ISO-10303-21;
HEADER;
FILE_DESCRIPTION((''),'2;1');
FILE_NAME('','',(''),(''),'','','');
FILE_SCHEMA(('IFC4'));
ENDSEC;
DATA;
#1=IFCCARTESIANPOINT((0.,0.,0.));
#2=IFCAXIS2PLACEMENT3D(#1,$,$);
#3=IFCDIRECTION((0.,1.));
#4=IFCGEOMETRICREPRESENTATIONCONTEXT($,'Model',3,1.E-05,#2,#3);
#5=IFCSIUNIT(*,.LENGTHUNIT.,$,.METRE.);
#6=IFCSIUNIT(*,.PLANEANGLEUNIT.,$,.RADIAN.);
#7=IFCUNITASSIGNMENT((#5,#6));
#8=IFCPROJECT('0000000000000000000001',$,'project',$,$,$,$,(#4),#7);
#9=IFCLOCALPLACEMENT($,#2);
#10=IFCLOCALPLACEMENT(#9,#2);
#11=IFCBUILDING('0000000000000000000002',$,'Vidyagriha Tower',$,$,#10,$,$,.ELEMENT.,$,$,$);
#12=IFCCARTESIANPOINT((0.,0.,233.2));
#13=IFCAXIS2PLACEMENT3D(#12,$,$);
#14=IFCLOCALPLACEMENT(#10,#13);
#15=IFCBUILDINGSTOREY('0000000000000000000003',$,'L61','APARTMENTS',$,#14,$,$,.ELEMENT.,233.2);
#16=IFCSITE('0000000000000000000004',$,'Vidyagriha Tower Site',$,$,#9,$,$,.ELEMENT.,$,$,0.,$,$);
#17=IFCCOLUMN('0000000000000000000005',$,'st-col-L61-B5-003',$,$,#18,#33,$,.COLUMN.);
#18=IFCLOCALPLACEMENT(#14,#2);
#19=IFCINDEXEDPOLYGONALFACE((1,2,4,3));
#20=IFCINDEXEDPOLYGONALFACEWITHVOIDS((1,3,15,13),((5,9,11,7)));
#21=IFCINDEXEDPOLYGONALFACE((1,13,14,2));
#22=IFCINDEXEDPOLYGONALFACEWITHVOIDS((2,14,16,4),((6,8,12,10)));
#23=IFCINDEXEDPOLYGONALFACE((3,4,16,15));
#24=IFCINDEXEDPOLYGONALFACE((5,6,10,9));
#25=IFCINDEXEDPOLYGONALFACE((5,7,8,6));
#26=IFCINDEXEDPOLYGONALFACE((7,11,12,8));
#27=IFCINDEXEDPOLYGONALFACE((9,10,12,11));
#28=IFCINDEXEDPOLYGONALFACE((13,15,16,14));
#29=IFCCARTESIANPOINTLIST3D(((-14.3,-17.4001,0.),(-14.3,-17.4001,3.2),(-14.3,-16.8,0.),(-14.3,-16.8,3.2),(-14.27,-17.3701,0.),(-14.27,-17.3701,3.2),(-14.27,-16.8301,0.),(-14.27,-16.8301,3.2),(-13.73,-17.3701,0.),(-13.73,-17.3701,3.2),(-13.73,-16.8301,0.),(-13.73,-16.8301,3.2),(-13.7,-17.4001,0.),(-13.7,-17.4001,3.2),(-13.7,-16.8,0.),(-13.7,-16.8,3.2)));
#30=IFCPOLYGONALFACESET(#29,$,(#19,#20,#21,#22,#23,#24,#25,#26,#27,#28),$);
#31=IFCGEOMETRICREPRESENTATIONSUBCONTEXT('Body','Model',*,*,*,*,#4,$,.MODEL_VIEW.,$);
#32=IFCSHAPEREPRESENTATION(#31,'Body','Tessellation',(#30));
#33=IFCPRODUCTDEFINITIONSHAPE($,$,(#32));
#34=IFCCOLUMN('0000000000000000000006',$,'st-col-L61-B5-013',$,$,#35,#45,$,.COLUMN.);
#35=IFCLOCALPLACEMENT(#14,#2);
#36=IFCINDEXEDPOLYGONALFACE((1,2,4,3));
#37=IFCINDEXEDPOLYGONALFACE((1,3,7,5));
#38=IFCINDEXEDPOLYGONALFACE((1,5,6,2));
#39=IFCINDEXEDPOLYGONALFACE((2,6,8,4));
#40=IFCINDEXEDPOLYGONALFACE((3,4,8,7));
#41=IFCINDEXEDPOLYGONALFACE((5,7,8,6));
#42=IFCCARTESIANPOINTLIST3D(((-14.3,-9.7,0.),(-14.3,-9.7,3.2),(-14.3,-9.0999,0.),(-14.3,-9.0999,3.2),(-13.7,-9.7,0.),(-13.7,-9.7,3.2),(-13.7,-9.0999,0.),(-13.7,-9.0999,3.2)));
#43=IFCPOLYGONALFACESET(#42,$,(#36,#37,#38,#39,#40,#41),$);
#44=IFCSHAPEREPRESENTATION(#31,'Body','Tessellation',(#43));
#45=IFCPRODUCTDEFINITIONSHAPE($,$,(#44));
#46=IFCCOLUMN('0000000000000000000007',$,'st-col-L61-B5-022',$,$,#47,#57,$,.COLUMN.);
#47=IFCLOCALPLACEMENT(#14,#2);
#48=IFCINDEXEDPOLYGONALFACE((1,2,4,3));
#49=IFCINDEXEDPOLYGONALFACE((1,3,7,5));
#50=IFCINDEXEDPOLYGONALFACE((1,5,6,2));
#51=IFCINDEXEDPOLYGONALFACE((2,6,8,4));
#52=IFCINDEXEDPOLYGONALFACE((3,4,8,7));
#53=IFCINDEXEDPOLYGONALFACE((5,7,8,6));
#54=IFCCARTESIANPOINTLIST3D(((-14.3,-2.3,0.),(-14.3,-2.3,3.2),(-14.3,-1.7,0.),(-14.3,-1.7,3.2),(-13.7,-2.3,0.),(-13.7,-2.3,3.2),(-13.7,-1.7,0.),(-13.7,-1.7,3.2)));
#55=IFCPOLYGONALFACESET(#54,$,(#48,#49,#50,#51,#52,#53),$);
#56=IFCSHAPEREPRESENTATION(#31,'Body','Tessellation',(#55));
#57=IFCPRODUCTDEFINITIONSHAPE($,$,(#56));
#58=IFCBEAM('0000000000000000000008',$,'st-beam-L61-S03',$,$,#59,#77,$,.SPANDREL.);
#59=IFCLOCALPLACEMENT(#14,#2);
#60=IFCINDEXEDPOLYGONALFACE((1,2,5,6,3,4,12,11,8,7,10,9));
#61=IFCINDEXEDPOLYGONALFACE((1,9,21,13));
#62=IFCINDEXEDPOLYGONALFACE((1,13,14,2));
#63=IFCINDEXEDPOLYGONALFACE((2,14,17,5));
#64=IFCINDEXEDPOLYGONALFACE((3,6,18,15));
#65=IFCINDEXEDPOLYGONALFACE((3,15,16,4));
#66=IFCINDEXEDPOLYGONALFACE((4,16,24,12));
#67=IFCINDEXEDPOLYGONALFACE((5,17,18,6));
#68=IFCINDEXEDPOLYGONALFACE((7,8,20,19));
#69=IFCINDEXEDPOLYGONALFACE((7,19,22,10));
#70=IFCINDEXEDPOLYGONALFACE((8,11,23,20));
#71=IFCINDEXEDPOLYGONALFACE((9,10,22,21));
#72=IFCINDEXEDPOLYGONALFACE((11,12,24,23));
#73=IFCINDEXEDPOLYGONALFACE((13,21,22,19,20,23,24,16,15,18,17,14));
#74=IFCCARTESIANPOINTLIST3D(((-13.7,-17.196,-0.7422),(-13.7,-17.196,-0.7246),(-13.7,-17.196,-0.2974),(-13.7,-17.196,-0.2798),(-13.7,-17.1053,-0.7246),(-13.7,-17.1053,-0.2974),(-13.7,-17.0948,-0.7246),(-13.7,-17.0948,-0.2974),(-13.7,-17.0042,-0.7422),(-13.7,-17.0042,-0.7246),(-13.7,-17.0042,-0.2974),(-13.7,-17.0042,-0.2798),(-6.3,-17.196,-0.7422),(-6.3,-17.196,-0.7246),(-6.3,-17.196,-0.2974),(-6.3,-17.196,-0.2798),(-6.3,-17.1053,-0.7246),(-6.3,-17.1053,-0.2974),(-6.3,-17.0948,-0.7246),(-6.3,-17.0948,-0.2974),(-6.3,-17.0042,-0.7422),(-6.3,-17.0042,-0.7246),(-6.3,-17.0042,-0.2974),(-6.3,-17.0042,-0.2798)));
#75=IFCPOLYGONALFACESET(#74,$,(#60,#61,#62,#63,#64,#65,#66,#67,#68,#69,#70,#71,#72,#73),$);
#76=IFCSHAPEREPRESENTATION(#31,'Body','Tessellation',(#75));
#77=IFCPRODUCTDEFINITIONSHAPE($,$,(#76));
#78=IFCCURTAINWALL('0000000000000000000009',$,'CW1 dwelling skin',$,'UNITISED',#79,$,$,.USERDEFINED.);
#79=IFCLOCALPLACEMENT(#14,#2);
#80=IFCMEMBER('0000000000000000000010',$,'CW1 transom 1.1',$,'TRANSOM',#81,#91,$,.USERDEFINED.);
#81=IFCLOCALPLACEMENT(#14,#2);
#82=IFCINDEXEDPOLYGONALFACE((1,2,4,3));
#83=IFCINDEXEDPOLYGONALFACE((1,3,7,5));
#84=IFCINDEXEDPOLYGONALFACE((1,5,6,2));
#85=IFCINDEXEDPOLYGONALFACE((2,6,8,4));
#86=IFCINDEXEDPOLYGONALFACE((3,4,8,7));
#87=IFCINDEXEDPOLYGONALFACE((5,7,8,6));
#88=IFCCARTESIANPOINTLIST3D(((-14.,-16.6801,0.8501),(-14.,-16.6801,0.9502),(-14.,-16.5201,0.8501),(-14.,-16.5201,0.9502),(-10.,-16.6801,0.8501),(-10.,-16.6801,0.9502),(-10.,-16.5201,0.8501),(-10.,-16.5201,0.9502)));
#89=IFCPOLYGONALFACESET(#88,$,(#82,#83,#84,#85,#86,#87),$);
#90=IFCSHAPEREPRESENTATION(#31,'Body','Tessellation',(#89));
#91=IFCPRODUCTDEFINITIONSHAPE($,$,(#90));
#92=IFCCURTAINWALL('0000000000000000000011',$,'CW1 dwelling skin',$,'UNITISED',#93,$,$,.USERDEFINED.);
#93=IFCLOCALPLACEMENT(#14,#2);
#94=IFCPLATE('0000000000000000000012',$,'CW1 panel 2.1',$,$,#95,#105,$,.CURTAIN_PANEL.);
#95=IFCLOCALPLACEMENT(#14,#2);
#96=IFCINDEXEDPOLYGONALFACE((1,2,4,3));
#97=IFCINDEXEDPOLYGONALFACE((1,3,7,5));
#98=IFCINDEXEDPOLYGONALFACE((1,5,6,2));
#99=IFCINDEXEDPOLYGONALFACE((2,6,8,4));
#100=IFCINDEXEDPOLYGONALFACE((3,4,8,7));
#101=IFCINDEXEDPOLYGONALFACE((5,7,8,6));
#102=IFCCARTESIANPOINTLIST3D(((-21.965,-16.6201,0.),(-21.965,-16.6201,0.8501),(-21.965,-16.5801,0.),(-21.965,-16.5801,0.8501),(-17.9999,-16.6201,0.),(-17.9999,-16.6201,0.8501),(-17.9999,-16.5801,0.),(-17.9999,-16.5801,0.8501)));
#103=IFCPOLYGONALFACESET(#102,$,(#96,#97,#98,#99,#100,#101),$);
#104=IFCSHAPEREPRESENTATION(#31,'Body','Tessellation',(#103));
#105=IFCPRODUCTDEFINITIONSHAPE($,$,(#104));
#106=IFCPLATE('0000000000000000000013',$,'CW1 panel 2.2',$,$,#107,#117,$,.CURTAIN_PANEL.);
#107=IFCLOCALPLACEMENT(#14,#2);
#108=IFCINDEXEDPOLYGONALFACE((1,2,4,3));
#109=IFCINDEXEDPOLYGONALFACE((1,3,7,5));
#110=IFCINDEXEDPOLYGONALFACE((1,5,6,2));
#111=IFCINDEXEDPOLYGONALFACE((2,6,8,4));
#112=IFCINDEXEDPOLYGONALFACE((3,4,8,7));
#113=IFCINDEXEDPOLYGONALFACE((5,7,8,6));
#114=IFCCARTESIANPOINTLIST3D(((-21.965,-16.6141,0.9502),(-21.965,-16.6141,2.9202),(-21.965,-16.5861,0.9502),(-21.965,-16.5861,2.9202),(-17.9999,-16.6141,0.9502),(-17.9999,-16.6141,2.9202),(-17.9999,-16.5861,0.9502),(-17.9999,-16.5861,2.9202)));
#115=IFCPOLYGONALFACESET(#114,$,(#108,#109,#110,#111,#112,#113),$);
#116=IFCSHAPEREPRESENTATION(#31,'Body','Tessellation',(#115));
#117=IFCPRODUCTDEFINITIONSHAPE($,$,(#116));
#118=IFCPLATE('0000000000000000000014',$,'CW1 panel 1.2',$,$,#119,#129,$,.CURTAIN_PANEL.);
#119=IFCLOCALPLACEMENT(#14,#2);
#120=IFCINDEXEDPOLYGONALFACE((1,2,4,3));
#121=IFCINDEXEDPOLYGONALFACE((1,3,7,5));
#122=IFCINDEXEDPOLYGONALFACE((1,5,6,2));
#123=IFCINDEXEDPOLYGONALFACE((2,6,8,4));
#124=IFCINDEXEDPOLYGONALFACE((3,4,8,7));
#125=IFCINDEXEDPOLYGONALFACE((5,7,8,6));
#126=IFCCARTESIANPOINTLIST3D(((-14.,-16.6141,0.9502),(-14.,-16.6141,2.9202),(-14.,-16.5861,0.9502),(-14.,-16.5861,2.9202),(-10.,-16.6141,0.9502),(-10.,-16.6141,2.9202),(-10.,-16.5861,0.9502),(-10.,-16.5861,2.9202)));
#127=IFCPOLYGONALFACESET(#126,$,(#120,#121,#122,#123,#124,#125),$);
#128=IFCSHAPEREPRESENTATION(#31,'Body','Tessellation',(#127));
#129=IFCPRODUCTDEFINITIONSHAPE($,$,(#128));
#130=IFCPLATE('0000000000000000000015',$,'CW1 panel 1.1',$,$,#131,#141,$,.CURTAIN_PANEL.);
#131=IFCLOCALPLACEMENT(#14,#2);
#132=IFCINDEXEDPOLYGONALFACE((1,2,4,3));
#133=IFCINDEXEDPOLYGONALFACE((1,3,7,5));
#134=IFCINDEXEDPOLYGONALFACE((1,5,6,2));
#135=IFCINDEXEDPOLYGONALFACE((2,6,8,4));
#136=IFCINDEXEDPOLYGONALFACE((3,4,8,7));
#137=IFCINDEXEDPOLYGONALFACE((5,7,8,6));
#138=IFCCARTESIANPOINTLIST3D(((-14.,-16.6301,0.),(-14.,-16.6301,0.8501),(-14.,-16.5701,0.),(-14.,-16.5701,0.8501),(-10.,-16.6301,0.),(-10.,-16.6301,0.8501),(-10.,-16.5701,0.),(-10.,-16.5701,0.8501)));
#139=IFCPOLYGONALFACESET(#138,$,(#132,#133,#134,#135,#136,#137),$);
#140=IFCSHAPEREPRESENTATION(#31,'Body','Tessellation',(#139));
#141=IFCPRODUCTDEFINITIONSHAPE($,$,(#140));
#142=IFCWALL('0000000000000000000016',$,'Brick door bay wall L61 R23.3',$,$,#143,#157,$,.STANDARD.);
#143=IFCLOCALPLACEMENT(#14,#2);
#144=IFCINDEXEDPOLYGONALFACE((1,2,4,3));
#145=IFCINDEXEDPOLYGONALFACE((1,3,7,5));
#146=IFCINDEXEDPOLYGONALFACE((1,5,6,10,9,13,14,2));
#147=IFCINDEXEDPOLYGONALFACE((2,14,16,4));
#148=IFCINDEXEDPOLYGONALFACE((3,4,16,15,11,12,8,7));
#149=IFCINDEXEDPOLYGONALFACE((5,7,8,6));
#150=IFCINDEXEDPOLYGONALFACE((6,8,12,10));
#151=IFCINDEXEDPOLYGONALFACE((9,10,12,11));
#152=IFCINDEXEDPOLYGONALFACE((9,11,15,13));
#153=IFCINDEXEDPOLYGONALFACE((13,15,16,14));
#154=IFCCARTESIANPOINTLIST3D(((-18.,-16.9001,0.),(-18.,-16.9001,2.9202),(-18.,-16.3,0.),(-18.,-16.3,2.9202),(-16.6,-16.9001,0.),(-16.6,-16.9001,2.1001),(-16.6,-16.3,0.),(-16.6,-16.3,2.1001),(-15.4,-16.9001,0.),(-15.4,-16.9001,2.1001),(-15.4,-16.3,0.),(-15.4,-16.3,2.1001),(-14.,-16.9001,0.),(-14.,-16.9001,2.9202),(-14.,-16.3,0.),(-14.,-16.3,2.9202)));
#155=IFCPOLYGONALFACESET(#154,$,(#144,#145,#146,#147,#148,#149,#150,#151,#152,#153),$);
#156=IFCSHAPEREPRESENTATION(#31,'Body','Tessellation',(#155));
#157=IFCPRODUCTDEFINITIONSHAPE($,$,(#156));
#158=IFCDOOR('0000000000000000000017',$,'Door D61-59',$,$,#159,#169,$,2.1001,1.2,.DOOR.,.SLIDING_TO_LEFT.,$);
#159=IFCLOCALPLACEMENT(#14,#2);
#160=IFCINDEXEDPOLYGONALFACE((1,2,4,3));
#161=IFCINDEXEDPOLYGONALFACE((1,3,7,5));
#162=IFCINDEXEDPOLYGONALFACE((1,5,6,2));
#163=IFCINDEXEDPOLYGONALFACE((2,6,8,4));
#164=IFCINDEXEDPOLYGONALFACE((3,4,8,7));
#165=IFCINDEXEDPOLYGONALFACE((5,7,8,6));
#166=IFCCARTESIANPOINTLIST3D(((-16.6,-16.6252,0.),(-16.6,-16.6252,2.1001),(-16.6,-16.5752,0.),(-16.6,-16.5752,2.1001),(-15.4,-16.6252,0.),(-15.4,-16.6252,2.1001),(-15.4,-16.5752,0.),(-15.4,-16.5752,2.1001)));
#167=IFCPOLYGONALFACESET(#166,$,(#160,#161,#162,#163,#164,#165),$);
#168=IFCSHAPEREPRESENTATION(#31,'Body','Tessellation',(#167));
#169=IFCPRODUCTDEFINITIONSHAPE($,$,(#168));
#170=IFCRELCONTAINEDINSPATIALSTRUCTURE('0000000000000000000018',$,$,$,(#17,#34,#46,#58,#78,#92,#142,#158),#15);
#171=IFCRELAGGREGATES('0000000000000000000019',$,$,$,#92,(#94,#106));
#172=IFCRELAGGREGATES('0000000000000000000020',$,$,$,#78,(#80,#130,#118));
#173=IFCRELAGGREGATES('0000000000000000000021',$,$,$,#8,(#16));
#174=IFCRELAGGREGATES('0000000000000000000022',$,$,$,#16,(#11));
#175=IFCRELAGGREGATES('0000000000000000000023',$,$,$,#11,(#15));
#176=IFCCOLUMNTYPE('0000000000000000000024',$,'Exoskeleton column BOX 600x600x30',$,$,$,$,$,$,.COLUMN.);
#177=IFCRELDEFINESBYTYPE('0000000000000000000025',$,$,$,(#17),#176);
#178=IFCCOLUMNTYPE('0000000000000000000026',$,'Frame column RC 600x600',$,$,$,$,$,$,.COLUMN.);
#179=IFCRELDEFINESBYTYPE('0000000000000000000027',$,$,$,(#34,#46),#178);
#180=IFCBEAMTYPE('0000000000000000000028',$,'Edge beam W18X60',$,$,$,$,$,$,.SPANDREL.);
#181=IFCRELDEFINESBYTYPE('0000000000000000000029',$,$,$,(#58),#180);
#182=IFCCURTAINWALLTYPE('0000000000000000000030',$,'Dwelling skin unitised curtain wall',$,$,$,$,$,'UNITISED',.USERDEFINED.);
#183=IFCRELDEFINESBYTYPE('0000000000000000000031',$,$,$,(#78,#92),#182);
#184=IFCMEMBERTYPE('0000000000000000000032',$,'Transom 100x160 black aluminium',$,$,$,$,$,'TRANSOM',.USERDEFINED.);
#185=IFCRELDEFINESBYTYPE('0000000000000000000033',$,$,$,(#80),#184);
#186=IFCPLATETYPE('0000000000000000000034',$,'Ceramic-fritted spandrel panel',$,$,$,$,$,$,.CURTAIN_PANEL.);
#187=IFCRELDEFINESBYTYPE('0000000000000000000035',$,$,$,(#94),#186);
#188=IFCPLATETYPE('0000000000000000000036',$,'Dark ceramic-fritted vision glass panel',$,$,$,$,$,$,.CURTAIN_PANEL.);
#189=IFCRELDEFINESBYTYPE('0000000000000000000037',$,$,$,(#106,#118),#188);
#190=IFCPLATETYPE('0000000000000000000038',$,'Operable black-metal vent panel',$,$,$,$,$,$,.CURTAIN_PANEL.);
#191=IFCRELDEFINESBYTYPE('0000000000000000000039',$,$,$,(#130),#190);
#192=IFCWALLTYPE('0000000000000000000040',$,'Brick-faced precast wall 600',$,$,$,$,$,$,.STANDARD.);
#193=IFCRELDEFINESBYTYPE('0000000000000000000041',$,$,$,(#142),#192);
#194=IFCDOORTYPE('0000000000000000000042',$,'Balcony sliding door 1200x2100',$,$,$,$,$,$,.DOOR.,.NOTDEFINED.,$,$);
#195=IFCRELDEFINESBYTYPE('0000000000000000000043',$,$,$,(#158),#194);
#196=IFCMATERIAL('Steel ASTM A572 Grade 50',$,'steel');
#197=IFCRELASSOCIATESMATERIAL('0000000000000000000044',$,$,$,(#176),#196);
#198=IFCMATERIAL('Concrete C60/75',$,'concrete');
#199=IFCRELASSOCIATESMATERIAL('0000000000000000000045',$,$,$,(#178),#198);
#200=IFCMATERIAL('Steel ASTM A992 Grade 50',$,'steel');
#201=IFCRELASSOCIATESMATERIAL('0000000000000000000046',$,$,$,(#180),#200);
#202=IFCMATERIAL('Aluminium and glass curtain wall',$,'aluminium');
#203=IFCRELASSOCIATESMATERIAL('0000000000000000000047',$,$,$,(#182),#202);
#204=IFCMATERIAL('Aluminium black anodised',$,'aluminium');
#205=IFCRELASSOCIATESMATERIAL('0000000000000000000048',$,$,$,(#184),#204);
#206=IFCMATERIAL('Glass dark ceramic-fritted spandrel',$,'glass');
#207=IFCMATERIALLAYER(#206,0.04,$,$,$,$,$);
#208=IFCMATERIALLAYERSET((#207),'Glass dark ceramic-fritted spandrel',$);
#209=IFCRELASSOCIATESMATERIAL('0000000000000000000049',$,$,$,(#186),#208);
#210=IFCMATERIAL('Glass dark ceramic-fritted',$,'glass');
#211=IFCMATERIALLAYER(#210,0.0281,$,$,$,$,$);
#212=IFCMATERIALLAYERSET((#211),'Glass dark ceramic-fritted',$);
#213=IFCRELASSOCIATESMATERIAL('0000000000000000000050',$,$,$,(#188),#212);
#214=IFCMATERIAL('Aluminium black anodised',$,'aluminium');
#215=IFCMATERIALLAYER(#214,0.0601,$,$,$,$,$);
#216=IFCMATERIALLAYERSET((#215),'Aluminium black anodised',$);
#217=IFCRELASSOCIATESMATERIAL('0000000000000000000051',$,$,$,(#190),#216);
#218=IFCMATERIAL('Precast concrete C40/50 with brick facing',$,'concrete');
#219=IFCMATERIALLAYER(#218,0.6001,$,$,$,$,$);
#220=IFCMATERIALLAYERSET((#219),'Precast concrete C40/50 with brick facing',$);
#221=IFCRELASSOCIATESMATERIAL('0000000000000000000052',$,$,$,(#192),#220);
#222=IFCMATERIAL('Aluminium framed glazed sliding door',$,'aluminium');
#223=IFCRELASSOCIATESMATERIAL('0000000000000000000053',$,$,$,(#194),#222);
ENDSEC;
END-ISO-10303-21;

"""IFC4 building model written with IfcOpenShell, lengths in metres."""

from ifc_helpers import new_model, si_unit, direction, frame, frame_2d, origin, origin_2d, place, context, subcontext, project, spatial, rectangle, hollow_rectangle, i_section, extrude, material, layer, layer_set, material_profile, profile_set, type_object, element, fill, aggregate, save


model = new_model("IFC4")

# Units and contexts
model_context = context("Model", 3, precision=1e-05, world=origin(), true_north=direction((0.0, 1.0)))
body_context = subcontext(model_context, "Body", "Model", "MODEL_VIEW")
ifc_project = project(units=[si_unit("LENGTHUNIT", "METRE"), si_unit("PLANEANGLEUNIT", "RADIAN")], contexts=[model_context])

# Site, building, storey
site_placement = place(None, origin())
site = spatial("IfcSite", under=ifc_project, at=site_placement, Name="Vidyagriha Tower Site", CompositionType="ELEMENT", RefElevation=0.0)
building_placement = place(site_placement, origin())
building = spatial("IfcBuilding", under=site, at=building_placement, Name="Vidyagriha Tower", CompositionType="ELEMENT")
storey_placement = place(building_placement, frame((0.0, 0.0, 233.2)))
storey = spatial("IfcBuildingStorey", under=building, at=storey_placement, Name="L61", Description="APARTMENTS", CompositionType="ELEMENT", Elevation=233.2)

# Columns
ifc_material_1 = material(Name="Steel ASTM A572 Grade 50", Category="steel")
ifc_material_profile_1 = material_profile(ifc_material_1, hollow_rectangle(XDim=0.6001, YDim=0.6001, WallThickness=0.03, at=origin_2d()), Name="BOX 600x600x30")
ifc_profile_set_1 = profile_set([ifc_material_profile_1], Name="Steel ASTM A572 Grade 50")
column_type_1 = type_object("IfcColumnType", Name="Exoskeleton column BOX 600x600x30", PredefinedType="COLUMN", material=ifc_profile_set_1)
column_placement = place(storey_placement, frame((-14.0, -17.1001, 0.0)))
element("IfcColumn", 1, at=column_placement, inside=storey, type_object=column_type_1, Name="st-col-L61-B5-003", PredefinedType="COLUMN", context=body_context, shape_type="SweptSolid", body=[
    extrude(hollow_rectangle(XDim=0.6001, YDim=0.6001, WallThickness=0.03, at=origin_2d()), origin(), (0.0, 0.0, 1.0), 3.2),
])
ifc_material_2 = material(Name="Concrete C60/75", Category="concrete")
ifc_material_profile_2 = material_profile(ifc_material_2, rectangle(XDim=0.6001, YDim=0.6001, at=origin_2d()), Name="RC 600x600")
ifc_profile_set_2 = profile_set([ifc_material_profile_2], Name="Concrete C60/75")
column_type_2 = type_object("IfcColumnType", Name="Frame column RC 600x600", PredefinedType="COLUMN", material=ifc_profile_set_2)
for number, where, name in (
    (2, (-14.0, -9.3999, 0.0), "st-col-L61-B5-013"),
    (3, (-14.0, -2.0, 0.0), "st-col-L61-B5-022"),
):
    element("IfcColumn", number, at=place(storey_placement, frame(where)), inside=storey, type_object=column_type_2, Name=name, PredefinedType="COLUMN", context=body_context, shape_type="SweptSolid", body=[
        extrude(rectangle(XDim=0.6001, YDim=0.6001, at=origin_2d()), origin(), (0.0, 0.0, 1.0), 3.2),
    ])

# Beam
ifc_material_3 = material(Name="Steel ASTM A992 Grade 50", Category="steel")
ifc_material_profile_3 = material_profile(ifc_material_3, i_section(OverallWidth=0.1919, OverallDepth=0.4624, WebThickness=0.0105, FlangeThickness=0.0176, at=origin_2d()), Name="W18X60")
ifc_profile_set_3 = profile_set([ifc_material_profile_3], Name="Steel ASTM A992 Grade 50")
beam_type = type_object("IfcBeamType", Name="Edge beam W18X60", PredefinedType="SPANDREL", material=ifc_profile_set_3)
beam_placement = place(storey_placement, frame((-13.7, -17.1001, -0.511), z_axis=(1.0, 0.0, 0.0), x_axis=(0.0, 1.0, 0.0)))
element("IfcBeam", 4, at=beam_placement, inside=storey, type_object=beam_type, Name="st-beam-L61-S03", PredefinedType="SPANDREL", context=body_context, shape_type="SweptSolid", body=[
    extrude(i_section(OverallWidth=0.1919, OverallDepth=0.4624, WebThickness=0.0105, FlangeThickness=0.0176, at=origin_2d()), origin(), (0.0, 0.0, 1.0), 7.3999),
])

# Curtain wall, member
ifc_material_4 = material(Name="Aluminium and glass curtain wall", Category="aluminium")
curtain_wall_type = type_object("IfcCurtainWallType", Name="Dwelling skin unitised curtain wall", ElementType="UNITISED", PredefinedType="USERDEFINED", material=ifc_material_4)
curtain_wall_1_placement = place(storey_placement, origin())
curtain_wall_1 = element("IfcCurtainWall", 5, at=curtain_wall_1_placement, inside=storey, type_object=curtain_wall_type, Name="CW1 dwelling skin", ObjectType="UNITISED", PredefinedType="USERDEFINED")
ifc_material_5 = material(Name="Aluminium black anodised", Category="aluminium")
ifc_material_profile_4 = material_profile(ifc_material_5, rectangle(XDim=0.1599, YDim=0.1001, at=origin_2d()), Name="Transom 100x160 black aluminium")
ifc_profile_set_4 = profile_set([ifc_material_profile_4], Name="Aluminium black anodised")
member_type = type_object("IfcMemberType", Name="Transom 100x160 black aluminium", ElementType="TRANSOM", PredefinedType="USERDEFINED", material=ifc_profile_set_4)
member_placement = place(storey_placement, frame((-14.0, -16.6001, 0.9001), z_axis=(1.0, 0.0, 0.0), x_axis=(0.0, 1.0, 0.0)))
member = element("IfcMember", 6, at=member_placement, type_object=member_type, Name="CW1 transom 1.1", ObjectType="TRANSOM", PredefinedType="USERDEFINED", context=body_context, shape_type="SweptSolid", body=[
    extrude(rectangle(XDim=0.1599, YDim=0.1001, at=origin_2d()), origin(), (0.0, 0.0, 1.0), 4.0),
])

# Curtain wall, plates
curtain_wall_2_placement = place(storey_placement, origin())
curtain_wall_2 = element("IfcCurtainWall", 7, at=curtain_wall_2_placement, inside=storey, type_object=curtain_wall_type, Name="CW1 dwelling skin", ObjectType="UNITISED", PredefinedType="USERDEFINED")
ifc_material_6 = material(Name="Glass dark ceramic-fritted spandrel", Category="glass")
ifc_layer_1 = layer(ifc_material_6, 0.04)
ifc_layer_set_1 = layer_set([ifc_layer_1], Name="Glass dark ceramic-fritted spandrel")
plate_type_1 = type_object("IfcPlateType", Name="Ceramic-fritted spandrel panel", PredefinedType="CURTAIN_PANEL", material=ifc_layer_set_1)
plate_1_placement = place(storey_placement, frame((-19.9824, -16.6001, 0.0)))
plate_1 = element("IfcPlate", 8, at=plate_1_placement, type_object=plate_type_1, Name="CW1 panel 2.1", PredefinedType="CURTAIN_PANEL", context=body_context, shape_type="SweptSolid", body=[
    extrude(rectangle(XDim=3.9651, YDim=0.04, at=origin_2d()), origin(), (0.0, 0.0, 1.0), 0.8501),
])
ifc_material_7 = material(Name="Glass dark ceramic-fritted", Category="glass")
ifc_layer_2 = layer(ifc_material_7, 0.0281)
ifc_layer_set_2 = layer_set([ifc_layer_2], Name="Glass dark ceramic-fritted")
plate_type_2 = type_object("IfcPlateType", Name="Dark ceramic-fritted vision glass panel", PredefinedType="CURTAIN_PANEL", material=ifc_layer_set_2)
plate_2_placement = place(storey_placement, frame((-19.9824, -16.6001, 0.9502)))
plate_2 = element("IfcPlate", 9, at=plate_2_placement, type_object=plate_type_2, Name="CW1 panel 2.2", PredefinedType="CURTAIN_PANEL", context=body_context, shape_type="SweptSolid", body=[
    extrude(rectangle(XDim=3.9651, YDim=0.0281, at=origin_2d()), origin(), (0.0, 0.0, 1.0), 1.97),
])
aggregate(curtain_wall_2, [plate_1, plate_2])

# Plates
plate_3_placement = place(storey_placement, frame((-12.0, -16.6001, 0.9502)))
plate_3 = element("IfcPlate", 10, at=plate_3_placement, type_object=plate_type_2, Name="CW1 panel 1.2", PredefinedType="CURTAIN_PANEL", context=body_context, shape_type="SweptSolid", body=[
    extrude(rectangle(XDim=4.0, YDim=0.0281, at=origin_2d()), origin(), (0.0, 0.0, 1.0), 1.97),
])
ifc_material_8 = material(Name="Aluminium black anodised", Category="aluminium")
ifc_layer_3 = layer(ifc_material_8, 0.0601)
ifc_layer_set_3 = layer_set([ifc_layer_3], Name="Aluminium black anodised")
plate_type_3 = type_object("IfcPlateType", Name="Operable black-metal vent panel", PredefinedType="CURTAIN_PANEL", material=ifc_layer_set_3)
plate_4_placement = place(storey_placement, frame((-12.0, -16.6001, 0.0)))
plate_4 = element("IfcPlate", 11, at=plate_4_placement, type_object=plate_type_3, Name="CW1 panel 1.1", PredefinedType="CURTAIN_PANEL", context=body_context, shape_type="SweptSolid", body=[
    extrude(rectangle(XDim=4.0, YDim=0.0601, at=origin_2d()), origin(), (0.0, 0.0, 1.0), 0.8501),
])
aggregate(curtain_wall_1, [member, plate_4, plate_3])

# Wall, opening, door
ifc_material_9 = material(Name="Precast concrete C40/50 with brick facing", Category="concrete")
ifc_layer_4 = layer(ifc_material_9, 0.6001)
ifc_layer_set_4 = layer_set([ifc_layer_4], Name="Precast concrete C40/50 with brick facing")
wall_type_1 = type_object("IfcWallType", Name="Brick-faced precast wall 600", PredefinedType="STANDARD", material=ifc_layer_set_4)
wall_1_placement = place(storey_placement, frame((-18.0, -16.6001, 0.0)))
wall_1 = element("IfcWall", 12, at=wall_1_placement, inside=storey, type_object=wall_type_1, Name="Brick door bay wall L61 R23.3", PredefinedType="STANDARD", context=body_context, shape_type="SweptSolid", body=[
    extrude(rectangle(XDim=4.0, YDim=0.6001, at=frame_2d((2.0, 0.0))), origin(), (0.0, 0.0, 1.0), 2.9202),
])
opening_1_placement = place(wall_1_placement, frame((1.3999, 0.0, 0.0)))
opening_1 = element("IfcOpeningElement", 13, at=opening_1_placement, cuts=wall_1, PredefinedType="OPENING", context=body_context, shape_type="SweptSolid", body=[
    extrude(rectangle(XDim=1.2, YDim=2.1001, at=frame_2d((0.6001, 1.05))), frame((0.0, 0.3101, 0.0), z_axis=(0.0, -1.0, 0.0), x_axis=(1.0, 0.0, 0.0)), (0.0, 0.0, 1.0), 0.6201),
])
ifc_material_10 = material(Name="Aluminium framed glazed sliding door", Category="aluminium")
door_type_1 = type_object("IfcDoorType", Name="Balcony sliding door 1200x2100", OperationType="NOTDEFINED", PredefinedType="DOOR", material=ifc_material_10)
door_1_placement = place(opening_1_placement, origin())
door_1 = element("IfcDoor", 14, at=door_1_placement, inside=storey, type_object=door_type_1, Name="Door D61-59", OperationType="SLIDING_TO_LEFT", OverallHeight=2.1001, OverallWidth=1.2, PredefinedType="DOOR", context=body_context, shape_type="SweptSolid", body=[
    extrude(rectangle(XDim=1.2, YDim=2.1001, at=frame_2d((0.6001, 1.05))), frame((0.0, 0.0249, 0.0), z_axis=(0.0, -1.0, 0.0), x_axis=(1.0, 0.0, 0.0)), (0.0, 0.0, 1.0), 0.05),
])
fill(opening_1, door_1)

save(model, "model.ifc")
